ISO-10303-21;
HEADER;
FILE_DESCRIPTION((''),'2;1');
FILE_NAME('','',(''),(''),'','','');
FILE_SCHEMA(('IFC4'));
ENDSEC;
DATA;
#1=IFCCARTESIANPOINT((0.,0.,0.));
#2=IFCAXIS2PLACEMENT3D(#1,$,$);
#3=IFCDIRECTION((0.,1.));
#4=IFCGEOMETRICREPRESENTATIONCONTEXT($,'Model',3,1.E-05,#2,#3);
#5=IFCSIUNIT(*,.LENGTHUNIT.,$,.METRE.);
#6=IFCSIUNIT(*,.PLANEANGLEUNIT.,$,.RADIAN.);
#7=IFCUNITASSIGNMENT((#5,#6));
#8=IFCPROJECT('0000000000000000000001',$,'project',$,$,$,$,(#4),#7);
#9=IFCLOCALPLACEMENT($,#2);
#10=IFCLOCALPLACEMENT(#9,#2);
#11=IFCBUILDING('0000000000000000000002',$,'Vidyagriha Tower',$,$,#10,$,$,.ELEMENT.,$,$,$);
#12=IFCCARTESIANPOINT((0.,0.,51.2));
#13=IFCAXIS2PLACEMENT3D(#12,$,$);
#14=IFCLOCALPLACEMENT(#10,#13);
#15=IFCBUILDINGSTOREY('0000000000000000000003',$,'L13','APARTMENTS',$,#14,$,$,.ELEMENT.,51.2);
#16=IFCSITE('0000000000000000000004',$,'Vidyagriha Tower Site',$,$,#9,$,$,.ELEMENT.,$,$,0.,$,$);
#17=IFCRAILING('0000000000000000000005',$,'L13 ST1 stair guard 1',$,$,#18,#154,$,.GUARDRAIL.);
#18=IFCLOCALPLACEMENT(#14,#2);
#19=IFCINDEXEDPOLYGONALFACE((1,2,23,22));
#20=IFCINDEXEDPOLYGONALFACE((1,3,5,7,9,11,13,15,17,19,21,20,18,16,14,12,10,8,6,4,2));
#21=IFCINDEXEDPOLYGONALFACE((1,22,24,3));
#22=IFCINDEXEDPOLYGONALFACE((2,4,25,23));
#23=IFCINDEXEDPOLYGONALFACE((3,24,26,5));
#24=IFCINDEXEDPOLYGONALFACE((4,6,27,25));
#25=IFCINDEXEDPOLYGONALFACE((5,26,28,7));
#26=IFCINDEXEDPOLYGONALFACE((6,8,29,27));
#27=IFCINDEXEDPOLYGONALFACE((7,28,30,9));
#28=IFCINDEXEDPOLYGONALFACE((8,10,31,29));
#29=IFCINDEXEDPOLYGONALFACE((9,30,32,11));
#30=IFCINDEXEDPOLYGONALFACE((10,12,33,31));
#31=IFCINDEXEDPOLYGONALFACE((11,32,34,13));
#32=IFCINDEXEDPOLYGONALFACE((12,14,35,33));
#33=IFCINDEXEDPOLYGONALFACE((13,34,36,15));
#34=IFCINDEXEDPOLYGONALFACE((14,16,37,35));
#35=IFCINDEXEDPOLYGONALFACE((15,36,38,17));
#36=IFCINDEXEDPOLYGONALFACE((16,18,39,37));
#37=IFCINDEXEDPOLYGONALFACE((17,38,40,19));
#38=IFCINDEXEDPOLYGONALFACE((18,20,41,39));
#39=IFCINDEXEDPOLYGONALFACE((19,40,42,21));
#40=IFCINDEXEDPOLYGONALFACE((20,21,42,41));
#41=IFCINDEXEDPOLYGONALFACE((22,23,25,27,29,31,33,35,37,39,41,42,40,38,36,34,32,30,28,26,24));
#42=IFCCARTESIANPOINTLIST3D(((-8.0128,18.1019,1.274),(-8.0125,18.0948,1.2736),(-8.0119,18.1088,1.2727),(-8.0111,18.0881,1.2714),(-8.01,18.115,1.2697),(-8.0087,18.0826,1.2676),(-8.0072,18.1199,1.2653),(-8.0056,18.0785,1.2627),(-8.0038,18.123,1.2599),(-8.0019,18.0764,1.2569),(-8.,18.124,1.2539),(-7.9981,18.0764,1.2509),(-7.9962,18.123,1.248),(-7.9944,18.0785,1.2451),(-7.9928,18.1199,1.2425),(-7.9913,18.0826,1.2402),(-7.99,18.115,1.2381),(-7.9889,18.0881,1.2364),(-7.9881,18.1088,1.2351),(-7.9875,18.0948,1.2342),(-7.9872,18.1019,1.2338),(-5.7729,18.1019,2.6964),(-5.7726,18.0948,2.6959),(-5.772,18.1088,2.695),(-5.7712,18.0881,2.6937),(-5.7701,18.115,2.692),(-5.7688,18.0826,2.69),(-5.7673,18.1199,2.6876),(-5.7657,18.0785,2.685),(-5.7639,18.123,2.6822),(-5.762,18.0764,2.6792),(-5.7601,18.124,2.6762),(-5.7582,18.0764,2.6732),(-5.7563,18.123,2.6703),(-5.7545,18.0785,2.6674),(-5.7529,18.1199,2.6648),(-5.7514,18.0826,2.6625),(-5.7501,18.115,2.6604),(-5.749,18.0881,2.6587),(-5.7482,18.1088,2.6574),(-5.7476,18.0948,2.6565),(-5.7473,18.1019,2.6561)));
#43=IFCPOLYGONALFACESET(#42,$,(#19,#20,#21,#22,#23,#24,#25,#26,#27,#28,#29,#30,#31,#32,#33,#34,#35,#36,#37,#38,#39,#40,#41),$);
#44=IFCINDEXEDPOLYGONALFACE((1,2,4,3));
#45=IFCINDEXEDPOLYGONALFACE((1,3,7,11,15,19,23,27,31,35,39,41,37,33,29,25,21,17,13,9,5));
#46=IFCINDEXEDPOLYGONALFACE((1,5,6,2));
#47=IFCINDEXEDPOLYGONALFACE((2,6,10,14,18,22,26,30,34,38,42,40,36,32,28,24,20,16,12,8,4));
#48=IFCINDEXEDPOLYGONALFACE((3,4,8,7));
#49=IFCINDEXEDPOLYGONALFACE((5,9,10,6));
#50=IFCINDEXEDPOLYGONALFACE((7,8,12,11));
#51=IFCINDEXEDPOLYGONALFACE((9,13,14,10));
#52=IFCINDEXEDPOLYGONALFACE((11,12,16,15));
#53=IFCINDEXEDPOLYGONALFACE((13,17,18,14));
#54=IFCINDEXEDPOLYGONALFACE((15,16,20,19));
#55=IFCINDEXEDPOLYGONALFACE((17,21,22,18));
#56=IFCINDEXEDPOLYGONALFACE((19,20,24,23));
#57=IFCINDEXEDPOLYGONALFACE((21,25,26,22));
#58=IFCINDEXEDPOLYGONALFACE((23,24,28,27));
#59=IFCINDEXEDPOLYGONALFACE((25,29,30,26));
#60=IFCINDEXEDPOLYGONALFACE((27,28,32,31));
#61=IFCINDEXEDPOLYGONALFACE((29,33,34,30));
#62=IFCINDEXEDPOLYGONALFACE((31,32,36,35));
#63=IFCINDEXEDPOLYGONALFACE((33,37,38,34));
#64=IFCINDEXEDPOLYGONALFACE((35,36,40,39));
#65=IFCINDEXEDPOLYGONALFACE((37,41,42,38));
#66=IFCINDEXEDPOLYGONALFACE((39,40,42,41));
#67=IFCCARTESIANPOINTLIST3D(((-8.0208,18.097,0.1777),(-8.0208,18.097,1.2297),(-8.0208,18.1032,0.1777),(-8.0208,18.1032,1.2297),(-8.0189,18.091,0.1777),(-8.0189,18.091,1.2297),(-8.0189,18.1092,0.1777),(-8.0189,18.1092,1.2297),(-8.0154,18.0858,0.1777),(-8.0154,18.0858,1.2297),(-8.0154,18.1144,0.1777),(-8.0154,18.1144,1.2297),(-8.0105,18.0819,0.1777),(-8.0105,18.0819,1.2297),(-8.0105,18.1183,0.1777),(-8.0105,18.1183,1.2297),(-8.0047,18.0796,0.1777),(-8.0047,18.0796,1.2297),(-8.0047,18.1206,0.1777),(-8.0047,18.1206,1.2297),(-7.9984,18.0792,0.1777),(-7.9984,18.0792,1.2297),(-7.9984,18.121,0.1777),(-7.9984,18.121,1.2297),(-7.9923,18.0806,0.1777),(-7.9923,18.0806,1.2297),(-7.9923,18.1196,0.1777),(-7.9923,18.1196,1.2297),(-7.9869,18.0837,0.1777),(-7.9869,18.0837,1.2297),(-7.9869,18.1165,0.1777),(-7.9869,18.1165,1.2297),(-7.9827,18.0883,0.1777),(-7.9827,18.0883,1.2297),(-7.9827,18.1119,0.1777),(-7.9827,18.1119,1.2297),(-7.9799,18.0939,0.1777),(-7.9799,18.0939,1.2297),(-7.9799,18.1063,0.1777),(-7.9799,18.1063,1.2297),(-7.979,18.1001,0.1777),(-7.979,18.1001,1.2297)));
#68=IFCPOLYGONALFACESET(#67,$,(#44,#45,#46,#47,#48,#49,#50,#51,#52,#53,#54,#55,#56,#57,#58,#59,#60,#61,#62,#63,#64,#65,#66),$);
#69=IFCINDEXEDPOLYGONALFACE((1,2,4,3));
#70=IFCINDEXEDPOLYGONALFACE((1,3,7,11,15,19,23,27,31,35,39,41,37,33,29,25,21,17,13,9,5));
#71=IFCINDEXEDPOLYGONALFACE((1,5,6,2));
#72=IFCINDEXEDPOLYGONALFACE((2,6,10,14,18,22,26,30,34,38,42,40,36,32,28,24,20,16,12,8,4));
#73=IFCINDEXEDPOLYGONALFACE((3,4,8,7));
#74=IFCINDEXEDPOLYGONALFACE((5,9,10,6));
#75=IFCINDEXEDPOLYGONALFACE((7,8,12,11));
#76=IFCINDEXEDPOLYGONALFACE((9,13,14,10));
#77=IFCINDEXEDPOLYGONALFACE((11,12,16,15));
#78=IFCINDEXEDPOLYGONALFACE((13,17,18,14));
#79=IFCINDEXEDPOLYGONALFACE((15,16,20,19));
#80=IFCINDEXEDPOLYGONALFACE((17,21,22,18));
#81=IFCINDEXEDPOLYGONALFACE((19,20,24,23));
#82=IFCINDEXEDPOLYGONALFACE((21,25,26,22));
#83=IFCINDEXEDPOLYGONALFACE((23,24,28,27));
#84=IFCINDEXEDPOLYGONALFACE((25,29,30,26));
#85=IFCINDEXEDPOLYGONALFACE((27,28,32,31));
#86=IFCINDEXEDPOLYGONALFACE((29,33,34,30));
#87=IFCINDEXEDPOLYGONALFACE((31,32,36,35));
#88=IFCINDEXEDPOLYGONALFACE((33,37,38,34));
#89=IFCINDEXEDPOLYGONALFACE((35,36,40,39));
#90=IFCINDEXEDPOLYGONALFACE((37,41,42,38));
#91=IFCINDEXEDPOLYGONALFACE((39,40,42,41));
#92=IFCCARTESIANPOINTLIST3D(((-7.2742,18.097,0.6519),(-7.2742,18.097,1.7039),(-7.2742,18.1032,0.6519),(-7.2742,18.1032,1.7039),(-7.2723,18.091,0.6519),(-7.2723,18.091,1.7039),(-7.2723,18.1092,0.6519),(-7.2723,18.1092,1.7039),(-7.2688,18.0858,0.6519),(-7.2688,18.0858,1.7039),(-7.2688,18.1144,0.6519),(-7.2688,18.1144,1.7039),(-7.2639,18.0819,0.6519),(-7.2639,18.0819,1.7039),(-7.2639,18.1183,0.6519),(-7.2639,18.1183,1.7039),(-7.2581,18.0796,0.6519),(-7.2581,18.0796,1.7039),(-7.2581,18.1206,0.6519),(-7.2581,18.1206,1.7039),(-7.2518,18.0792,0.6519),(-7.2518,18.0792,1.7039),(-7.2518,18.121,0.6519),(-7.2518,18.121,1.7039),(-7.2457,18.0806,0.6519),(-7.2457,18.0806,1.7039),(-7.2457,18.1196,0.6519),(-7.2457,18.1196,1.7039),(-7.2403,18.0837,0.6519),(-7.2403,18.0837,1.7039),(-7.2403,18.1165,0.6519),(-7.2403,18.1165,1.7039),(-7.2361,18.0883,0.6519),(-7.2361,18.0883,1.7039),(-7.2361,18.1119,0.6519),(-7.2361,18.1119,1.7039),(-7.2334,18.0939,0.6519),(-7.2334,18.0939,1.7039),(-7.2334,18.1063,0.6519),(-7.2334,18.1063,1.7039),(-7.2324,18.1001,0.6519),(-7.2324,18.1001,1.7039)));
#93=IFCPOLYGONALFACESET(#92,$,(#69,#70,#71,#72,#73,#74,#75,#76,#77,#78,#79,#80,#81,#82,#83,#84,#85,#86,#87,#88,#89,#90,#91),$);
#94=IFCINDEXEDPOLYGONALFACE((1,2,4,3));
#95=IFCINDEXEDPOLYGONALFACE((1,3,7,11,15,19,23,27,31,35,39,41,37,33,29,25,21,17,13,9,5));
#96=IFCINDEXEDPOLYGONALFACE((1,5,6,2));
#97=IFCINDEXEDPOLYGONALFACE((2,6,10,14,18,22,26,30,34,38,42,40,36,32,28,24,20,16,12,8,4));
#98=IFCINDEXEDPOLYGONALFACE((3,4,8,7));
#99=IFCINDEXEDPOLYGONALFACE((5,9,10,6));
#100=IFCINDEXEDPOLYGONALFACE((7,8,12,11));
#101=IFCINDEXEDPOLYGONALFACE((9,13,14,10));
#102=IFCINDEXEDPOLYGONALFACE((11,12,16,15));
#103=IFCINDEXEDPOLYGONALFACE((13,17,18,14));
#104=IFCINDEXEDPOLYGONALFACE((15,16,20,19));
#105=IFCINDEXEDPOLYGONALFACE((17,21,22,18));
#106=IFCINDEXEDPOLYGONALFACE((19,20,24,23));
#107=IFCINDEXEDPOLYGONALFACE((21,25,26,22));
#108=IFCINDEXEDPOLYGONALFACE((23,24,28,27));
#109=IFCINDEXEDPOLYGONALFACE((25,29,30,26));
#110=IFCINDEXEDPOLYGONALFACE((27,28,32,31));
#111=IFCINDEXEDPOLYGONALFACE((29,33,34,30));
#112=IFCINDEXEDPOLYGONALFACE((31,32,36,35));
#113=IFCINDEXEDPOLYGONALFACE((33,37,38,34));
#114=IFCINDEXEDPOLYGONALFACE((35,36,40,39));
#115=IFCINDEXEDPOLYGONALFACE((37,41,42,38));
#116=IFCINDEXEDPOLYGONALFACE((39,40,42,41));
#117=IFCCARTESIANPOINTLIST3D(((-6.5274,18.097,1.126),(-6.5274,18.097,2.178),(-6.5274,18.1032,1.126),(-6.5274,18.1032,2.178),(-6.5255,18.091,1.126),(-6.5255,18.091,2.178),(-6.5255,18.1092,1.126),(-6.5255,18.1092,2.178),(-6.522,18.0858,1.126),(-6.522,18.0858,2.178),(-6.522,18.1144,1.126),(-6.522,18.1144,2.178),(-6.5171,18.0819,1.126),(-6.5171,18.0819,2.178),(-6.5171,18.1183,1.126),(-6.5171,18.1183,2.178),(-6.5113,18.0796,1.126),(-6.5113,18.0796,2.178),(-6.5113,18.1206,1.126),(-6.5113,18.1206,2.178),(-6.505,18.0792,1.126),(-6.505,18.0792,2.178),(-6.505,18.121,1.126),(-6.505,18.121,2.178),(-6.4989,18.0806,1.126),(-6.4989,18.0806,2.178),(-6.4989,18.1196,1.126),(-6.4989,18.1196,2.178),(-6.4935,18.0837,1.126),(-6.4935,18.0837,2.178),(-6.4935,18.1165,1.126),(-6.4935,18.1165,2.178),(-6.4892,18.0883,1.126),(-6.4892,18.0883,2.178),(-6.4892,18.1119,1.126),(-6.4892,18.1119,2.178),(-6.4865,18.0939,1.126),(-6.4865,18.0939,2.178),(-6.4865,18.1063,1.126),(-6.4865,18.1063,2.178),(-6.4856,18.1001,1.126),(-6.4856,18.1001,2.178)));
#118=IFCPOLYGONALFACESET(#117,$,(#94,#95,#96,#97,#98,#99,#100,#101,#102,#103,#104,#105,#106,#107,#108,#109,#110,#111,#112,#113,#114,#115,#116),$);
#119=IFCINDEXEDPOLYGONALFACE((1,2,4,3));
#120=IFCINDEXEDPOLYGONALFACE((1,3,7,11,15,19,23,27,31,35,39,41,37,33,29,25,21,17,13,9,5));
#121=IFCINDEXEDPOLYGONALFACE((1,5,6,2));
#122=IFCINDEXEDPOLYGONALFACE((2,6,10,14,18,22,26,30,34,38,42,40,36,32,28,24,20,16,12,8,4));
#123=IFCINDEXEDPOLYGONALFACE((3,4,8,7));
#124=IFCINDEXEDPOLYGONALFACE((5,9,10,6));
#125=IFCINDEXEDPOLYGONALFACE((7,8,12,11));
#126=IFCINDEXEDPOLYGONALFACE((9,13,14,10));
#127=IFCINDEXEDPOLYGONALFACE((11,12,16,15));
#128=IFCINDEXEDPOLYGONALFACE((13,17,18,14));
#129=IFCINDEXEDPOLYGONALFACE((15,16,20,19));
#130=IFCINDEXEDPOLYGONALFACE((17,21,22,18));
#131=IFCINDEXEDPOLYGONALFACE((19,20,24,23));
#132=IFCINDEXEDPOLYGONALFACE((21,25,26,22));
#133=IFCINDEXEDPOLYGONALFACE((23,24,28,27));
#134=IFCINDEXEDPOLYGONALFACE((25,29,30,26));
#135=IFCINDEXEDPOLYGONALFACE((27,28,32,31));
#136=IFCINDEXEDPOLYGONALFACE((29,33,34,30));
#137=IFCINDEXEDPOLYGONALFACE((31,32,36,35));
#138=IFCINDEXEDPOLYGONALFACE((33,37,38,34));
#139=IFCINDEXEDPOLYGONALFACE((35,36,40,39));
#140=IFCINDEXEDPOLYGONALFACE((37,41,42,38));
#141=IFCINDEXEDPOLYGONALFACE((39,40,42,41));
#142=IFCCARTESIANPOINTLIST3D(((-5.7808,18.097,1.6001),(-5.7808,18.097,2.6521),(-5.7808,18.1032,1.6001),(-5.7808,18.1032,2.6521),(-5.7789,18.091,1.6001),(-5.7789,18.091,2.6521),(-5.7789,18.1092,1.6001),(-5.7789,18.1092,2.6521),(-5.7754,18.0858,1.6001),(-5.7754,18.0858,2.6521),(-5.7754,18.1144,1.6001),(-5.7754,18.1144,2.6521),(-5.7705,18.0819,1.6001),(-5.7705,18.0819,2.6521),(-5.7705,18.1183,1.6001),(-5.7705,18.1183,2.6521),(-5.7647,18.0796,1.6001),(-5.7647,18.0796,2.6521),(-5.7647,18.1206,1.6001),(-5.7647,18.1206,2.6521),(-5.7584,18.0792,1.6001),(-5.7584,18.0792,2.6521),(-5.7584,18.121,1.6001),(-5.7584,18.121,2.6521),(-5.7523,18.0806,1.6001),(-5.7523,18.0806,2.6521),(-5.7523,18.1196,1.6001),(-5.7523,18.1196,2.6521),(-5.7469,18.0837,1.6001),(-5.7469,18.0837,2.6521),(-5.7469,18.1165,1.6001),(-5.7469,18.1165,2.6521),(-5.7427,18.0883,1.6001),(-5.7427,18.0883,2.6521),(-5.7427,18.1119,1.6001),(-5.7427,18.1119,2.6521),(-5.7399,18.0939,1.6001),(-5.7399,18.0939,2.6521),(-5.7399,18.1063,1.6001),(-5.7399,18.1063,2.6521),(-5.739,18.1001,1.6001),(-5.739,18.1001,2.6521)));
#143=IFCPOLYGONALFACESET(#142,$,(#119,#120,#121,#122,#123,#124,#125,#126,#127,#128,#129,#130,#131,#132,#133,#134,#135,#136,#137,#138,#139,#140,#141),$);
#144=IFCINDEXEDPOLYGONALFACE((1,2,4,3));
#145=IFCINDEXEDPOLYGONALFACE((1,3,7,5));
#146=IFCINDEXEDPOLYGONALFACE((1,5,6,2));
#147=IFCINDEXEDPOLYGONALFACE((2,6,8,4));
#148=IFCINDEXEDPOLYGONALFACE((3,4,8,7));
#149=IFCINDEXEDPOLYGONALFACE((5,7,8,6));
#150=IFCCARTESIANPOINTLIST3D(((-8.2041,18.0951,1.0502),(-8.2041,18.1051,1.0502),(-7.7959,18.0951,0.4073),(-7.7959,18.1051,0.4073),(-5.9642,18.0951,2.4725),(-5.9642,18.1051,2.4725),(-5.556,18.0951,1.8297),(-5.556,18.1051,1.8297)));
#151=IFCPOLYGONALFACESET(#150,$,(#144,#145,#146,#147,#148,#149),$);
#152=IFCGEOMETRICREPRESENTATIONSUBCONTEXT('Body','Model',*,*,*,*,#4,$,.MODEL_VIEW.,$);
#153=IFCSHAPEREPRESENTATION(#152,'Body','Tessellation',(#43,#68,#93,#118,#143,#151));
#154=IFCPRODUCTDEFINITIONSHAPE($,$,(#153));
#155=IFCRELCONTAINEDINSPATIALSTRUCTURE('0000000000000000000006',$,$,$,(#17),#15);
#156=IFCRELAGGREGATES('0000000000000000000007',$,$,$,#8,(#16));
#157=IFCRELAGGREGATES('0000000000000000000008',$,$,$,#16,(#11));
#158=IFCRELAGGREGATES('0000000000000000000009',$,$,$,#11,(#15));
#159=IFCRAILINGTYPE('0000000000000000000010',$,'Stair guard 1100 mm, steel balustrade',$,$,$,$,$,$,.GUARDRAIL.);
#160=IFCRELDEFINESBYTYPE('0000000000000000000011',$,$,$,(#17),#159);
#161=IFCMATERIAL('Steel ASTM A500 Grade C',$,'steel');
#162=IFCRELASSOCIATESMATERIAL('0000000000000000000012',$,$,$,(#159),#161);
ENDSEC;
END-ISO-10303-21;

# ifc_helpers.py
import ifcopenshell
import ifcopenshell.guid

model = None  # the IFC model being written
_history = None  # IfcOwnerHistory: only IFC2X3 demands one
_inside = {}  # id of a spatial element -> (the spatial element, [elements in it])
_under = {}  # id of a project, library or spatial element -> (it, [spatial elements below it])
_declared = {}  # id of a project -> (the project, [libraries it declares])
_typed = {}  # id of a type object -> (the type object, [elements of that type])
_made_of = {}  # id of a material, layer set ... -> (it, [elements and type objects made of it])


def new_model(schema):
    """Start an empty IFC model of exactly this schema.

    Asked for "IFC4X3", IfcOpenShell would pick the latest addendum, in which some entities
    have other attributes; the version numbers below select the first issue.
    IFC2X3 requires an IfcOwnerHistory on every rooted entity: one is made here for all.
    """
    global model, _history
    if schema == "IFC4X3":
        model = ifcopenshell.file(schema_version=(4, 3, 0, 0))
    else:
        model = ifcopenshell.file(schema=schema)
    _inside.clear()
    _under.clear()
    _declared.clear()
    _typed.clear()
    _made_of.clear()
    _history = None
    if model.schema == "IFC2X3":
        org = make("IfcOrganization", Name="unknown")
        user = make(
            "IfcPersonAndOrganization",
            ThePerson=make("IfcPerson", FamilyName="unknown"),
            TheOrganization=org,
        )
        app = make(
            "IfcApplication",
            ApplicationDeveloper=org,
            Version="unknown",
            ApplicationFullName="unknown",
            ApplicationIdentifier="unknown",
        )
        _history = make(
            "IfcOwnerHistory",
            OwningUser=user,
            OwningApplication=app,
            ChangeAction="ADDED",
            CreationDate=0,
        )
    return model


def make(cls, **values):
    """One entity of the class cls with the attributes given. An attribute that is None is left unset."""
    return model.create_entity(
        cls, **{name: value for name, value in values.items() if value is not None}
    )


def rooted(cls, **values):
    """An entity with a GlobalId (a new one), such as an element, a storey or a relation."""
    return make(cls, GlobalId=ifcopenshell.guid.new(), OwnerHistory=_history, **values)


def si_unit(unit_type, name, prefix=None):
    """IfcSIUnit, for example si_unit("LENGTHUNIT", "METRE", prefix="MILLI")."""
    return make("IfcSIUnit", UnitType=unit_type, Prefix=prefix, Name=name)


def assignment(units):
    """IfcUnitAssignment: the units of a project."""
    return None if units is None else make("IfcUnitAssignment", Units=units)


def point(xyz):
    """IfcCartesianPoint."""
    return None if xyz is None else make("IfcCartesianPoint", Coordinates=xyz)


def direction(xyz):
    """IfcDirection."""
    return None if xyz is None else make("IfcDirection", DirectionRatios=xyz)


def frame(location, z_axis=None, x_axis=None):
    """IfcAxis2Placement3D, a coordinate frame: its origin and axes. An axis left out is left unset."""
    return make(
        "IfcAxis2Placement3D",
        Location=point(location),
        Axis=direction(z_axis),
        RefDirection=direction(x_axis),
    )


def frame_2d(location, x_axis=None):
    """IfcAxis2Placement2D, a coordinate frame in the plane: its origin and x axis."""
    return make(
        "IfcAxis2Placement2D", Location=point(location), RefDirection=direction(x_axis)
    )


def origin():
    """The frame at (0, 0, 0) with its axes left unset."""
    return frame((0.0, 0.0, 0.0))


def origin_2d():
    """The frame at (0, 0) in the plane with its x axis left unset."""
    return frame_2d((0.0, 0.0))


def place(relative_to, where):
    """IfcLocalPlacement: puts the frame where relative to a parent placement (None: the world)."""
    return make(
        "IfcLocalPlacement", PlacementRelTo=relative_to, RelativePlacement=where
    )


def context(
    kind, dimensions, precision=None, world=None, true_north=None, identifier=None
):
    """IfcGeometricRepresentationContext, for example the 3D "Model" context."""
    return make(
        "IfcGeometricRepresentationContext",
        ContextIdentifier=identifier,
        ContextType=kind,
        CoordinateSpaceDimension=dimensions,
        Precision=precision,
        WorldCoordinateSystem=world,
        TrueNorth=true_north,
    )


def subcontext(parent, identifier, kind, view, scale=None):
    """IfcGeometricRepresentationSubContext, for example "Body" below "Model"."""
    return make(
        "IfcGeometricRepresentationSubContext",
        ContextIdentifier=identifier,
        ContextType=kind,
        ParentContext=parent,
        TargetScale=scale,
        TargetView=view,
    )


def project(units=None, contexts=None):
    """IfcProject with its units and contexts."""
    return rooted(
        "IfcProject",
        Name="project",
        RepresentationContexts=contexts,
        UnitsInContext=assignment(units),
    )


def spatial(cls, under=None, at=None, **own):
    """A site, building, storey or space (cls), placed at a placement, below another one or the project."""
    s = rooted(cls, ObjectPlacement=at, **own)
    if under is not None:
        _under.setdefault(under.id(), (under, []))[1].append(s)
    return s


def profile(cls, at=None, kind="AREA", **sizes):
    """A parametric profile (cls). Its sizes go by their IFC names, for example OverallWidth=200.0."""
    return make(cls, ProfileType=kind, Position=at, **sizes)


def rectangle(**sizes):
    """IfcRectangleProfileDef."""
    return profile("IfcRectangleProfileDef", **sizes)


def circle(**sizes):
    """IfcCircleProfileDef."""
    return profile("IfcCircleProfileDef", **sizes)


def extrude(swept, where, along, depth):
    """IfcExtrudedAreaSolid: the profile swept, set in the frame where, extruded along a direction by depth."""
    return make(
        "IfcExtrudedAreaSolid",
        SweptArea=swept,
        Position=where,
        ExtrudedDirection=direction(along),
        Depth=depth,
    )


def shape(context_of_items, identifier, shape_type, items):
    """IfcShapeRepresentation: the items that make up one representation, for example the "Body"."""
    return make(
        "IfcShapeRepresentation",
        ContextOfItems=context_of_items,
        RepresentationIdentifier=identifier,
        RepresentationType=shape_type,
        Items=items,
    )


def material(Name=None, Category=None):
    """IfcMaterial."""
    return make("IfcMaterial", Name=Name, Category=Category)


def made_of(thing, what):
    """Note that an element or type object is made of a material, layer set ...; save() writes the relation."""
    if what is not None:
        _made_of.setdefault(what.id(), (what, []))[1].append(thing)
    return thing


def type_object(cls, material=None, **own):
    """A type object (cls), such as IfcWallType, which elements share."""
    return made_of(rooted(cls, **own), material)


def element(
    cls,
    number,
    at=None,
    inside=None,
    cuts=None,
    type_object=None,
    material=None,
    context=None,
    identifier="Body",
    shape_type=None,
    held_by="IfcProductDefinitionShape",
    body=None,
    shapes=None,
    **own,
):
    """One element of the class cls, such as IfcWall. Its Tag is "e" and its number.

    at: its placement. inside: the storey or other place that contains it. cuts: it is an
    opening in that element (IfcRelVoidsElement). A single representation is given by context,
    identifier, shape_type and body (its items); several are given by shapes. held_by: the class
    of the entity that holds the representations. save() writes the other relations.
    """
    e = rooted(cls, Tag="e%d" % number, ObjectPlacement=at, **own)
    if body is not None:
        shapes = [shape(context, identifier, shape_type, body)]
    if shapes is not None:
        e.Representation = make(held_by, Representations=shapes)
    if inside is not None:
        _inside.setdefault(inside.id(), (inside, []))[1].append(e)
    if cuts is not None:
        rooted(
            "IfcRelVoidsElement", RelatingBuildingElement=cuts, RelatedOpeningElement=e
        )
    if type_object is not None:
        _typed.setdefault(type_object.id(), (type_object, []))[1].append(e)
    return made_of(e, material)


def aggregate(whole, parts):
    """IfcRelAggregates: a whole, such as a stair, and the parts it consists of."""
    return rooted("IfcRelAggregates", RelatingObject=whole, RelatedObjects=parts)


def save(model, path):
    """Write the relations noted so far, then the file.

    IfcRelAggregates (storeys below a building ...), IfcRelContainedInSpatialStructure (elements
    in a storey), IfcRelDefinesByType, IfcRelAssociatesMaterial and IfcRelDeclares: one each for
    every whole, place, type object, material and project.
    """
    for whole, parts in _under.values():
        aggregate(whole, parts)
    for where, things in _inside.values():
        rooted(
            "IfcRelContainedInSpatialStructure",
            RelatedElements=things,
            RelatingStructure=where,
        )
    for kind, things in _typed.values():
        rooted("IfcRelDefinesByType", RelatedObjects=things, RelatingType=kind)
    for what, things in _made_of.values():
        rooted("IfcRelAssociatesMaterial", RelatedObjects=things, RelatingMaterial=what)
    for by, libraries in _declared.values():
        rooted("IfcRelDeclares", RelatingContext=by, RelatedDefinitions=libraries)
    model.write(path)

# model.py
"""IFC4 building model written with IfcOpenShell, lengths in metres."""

from ifc_helpers import new_model, si_unit, direction, frame, origin, origin_2d, place, context, subcontext, project, spatial, rectangle, circle, extrude, material, type_object, element, save


model = new_model("IFC4")

# Units and contexts
model_context = context("Model", 3, precision=1e-05, world=origin(), true_north=direction((0.0, 1.0)))
body_context = subcontext(model_context, "Body", "Model", "MODEL_VIEW")
ifc_project = project(units=[si_unit("LENGTHUNIT", "METRE"), si_unit("PLANEANGLEUNIT", "RADIAN")], contexts=[model_context])

# Site, building, storey
site_placement = place(None, origin())
site = spatial("IfcSite", under=ifc_project, at=site_placement, Name="Vidyagriha Tower Site", CompositionType="ELEMENT", RefElevation=0.0)
building_placement = place(site_placement, origin())
building = spatial("IfcBuilding", under=site, at=building_placement, Name="Vidyagriha Tower", CompositionType="ELEMENT")
storey_placement = place(building_placement, frame((0.0, 0.0, 51.2)))
storey = spatial("IfcBuildingStorey", under=building, at=storey_placement, Name="L13", Description="APARTMENTS", CompositionType="ELEMENT", Elevation=51.2)

# Railing
ifc_material_1 = material(Name="Steel ASTM A500 Grade C", Category="steel")
railing_type_1 = type_object("IfcRailingType", Name="Stair guard 1100 mm, steel balustrade", PredefinedType="GUARDRAIL", material=ifc_material_1)
railing_1_placement = place(storey_placement, frame((-8.0, 18.1001, 0.1777)))
element("IfcRailing", 1, at=railing_1_placement, inside=storey, type_object=railing_type_1, Name="L13 ST1 stair guard 1", PredefinedType="GUARDRAIL", context=body_context, shape_type="SweptSolid", body=[
    extrude(circle(Radius=0.0239, at=origin_2d()), frame((0.0, 0.0, 1.0762), z_axis=(0.844188, 0.0, 0.536048), x_axis=(0.0, 1.0, 0.0)), (0.0, 0.0, 1.0), 2.6533),
    extrude(circle(Radius=0.021, at=origin_2d()), origin(), (0.0, 0.0, 1.0), 1.052),
    extrude(circle(Radius=0.021, at=origin_2d()), frame((0.7466, 0.0, 0.4741)), (0.0, 0.0, 1.0), 1.052),
    extrude(circle(Radius=0.021, at=origin_2d()), frame((1.4934, 0.0, 0.9482)), (0.0, 0.0, 1.0), 1.052),
    extrude(circle(Radius=0.021, at=origin_2d()), frame((2.24, 0.0, 1.4224)), (0.0, 0.0, 1.0), 1.052),
    extrude(rectangle(XDim=0.01, YDim=0.7615, at=origin_2d()), frame((0.0, 0.0, 0.551), z_axis=(0.844188, 0.0, 0.536048), x_axis=(0.0, 1.0, 0.0)), (0.0, 0.0, 1.0), 2.6533),
])

save(model, "model.ifc")
